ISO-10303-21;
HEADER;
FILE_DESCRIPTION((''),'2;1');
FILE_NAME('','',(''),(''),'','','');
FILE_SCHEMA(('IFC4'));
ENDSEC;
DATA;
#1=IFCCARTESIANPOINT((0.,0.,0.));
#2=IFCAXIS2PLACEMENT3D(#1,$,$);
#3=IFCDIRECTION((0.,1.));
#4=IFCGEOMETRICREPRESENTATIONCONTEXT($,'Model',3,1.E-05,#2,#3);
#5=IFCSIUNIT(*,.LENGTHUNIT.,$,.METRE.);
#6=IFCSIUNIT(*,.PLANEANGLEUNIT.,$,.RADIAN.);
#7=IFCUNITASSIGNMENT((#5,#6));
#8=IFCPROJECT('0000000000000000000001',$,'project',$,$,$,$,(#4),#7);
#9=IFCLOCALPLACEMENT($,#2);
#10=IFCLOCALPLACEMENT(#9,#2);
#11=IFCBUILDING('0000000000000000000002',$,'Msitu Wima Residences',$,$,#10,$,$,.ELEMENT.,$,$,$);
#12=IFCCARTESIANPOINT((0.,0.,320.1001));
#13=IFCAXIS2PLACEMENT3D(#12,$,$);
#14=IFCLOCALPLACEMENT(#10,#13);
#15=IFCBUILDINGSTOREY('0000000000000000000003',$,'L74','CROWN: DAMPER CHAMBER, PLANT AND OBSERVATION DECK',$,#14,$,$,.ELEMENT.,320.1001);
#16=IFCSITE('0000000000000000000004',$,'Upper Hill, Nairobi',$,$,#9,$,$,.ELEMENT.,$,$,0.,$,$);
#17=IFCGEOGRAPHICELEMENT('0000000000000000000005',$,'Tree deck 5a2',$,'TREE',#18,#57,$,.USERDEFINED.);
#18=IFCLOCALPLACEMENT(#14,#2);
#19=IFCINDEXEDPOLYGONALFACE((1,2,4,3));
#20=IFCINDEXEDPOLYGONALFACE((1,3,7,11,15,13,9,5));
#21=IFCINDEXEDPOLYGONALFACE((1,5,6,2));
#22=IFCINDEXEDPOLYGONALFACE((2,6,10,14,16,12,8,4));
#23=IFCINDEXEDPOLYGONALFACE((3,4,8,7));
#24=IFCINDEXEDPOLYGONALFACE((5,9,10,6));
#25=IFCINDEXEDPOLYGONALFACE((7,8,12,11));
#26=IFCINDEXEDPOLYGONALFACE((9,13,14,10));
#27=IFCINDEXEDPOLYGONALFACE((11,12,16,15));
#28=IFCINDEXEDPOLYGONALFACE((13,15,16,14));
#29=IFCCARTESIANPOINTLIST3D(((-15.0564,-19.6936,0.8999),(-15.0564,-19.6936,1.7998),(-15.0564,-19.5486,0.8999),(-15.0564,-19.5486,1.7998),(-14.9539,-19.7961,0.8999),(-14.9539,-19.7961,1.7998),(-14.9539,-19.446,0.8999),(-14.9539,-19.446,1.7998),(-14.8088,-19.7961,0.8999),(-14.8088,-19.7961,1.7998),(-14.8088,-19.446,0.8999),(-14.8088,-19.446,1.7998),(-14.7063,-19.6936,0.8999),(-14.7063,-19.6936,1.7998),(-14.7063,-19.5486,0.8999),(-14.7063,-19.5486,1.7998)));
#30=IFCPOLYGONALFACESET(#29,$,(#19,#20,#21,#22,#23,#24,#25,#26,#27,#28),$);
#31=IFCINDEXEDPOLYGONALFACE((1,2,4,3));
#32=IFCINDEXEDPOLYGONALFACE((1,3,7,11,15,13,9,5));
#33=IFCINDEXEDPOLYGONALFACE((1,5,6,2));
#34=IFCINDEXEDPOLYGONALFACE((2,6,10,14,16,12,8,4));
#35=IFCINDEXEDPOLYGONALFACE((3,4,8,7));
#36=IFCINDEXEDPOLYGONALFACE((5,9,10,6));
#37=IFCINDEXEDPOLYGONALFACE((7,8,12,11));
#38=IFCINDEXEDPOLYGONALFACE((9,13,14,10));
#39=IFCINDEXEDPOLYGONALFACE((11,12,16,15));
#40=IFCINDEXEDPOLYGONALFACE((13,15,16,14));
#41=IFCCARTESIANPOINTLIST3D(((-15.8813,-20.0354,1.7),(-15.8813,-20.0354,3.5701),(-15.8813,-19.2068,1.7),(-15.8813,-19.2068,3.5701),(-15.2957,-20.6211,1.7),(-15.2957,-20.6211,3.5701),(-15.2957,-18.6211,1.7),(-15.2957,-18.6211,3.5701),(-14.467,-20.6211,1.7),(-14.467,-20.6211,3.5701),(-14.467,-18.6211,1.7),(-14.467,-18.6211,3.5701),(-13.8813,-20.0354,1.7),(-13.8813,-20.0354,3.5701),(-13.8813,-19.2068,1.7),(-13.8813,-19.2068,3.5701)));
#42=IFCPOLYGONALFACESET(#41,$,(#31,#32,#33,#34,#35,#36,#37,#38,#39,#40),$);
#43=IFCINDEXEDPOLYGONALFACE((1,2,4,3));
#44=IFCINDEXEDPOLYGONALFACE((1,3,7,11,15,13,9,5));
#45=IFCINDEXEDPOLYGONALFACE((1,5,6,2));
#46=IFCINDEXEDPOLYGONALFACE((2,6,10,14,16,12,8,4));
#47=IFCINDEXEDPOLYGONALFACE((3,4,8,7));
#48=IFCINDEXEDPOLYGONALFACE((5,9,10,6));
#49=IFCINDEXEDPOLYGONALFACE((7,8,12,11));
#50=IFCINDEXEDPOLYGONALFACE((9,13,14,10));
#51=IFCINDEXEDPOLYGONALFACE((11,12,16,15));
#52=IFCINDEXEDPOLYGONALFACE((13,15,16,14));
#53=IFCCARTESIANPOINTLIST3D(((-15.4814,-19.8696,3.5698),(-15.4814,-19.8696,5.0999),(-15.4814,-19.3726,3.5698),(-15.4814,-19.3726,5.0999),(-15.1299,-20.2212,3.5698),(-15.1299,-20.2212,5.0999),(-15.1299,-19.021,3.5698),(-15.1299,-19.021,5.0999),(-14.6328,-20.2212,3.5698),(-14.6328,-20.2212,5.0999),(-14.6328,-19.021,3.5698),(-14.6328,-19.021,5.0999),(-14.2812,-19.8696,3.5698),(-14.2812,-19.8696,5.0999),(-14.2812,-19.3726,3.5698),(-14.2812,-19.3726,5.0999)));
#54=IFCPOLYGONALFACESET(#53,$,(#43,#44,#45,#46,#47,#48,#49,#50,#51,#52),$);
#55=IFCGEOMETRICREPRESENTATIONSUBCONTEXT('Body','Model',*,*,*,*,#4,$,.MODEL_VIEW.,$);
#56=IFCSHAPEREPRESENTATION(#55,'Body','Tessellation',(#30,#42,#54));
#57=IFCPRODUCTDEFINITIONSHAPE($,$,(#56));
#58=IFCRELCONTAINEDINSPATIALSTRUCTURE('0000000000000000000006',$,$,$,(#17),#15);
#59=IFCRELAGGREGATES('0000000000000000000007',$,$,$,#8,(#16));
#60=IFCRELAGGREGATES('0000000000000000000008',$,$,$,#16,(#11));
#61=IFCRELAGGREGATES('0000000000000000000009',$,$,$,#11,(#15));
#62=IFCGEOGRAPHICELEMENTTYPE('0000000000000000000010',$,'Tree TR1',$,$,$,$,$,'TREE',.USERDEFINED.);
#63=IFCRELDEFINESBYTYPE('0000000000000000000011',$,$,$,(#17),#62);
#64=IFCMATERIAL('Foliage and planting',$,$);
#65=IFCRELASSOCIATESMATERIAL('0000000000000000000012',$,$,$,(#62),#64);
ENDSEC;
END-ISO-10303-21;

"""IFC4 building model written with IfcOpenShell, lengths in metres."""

from ifc_helpers import new_model, si_unit, direction, frame, origin, place, context, subcontext, project, spatial, polyline, outline, extrude, material, type_object, element, save


model = new_model("IFC4")

# Units and contexts
model_context = context("Model", 3, precision=1e-05, world=origin(), true_north=direction((0.0, 1.0)))
body_context = subcontext(model_context, "Body", "Model", "MODEL_VIEW")
ifc_project = project(units=[si_unit("LENGTHUNIT", "METRE"), si_unit("PLANEANGLEUNIT", "RADIAN")], contexts=[model_context])

# Site, building, storey
site_placement = place(None, origin())
site = spatial("IfcSite", under=ifc_project, at=site_placement, Name="Upper Hill, Nairobi", CompositionType="ELEMENT", RefElevation=0.0)
building_placement = place(site_placement, origin())
building = spatial("IfcBuilding", under=site, at=building_placement, Name="Msitu Wima Residences", CompositionType="ELEMENT")
storey_placement = place(building_placement, frame((0.0, 0.0, 320.1001)))
storey = spatial("IfcBuildingStorey", under=building, at=storey_placement, Name="L74", Description="CROWN: DAMPER CHAMBER, PLANT AND OBSERVATION DECK", CompositionType="ELEMENT", Elevation=320.1001)

# Geographic element
ifc_material_1 = material(Name="Foliage and planting")
geographic_element_type = type_object("IfcGeographicElementType", Name="Tree TR1", ElementType="TREE", PredefinedType="USERDEFINED", material=ifc_material_1)
geographic_element_placement = place(storey_placement, frame((-14.8813, -19.6211, 0.8999), z_axis=(0.0, 0.0, 1.0), x_axis=(1.0, 0.0, 0.0)))
element("IfcGeographicElement", 1, at=geographic_element_placement, inside=storey, type_object=geographic_element_type, Name="Tree deck 5a2", ObjectType="TREE", PredefinedType="USERDEFINED", context=body_context, shape_type="SweptSolid", body=[
    extrude(outline(polyline([(0.175, 0.0725), (0.0725, 0.175), (-0.0725, 0.175), (-0.175, 0.0725), (-0.175, -0.0725), (-0.0725, -0.175), (0.0725, -0.175), (0.175, -0.0725), (0.175, 0.0725)])), origin(), (0.0, 0.0, 1.0), 0.8999),
    extrude(outline(polyline([(1.0, 0.4143), (0.4143, 1.0), (-0.4143, 1.0), (-1.0, 0.4143), (-1.0, -0.4143), (-0.4143, -1.0), (0.4143, -1.0), (1.0, -0.4143), (1.0, 0.4143)])), frame((0.0, 0.0, 0.8)), (0.0, 0.0, 1.0), 1.8701),
    extrude(outline(polyline([(0.6001, 0.2485), (0.2485, 0.6001), (-0.2485, 0.6001), (-0.6001, 0.2485), (-0.6001, -0.2485), (-0.2485, -0.6001), (0.2485, -0.6001), (0.6001, -0.2485), (0.6001, 0.2485)])), frame((0.0, 0.0, 2.6699)), (0.0, 0.0, 1.0), 1.53),
])

save(model, "model.ifc")
